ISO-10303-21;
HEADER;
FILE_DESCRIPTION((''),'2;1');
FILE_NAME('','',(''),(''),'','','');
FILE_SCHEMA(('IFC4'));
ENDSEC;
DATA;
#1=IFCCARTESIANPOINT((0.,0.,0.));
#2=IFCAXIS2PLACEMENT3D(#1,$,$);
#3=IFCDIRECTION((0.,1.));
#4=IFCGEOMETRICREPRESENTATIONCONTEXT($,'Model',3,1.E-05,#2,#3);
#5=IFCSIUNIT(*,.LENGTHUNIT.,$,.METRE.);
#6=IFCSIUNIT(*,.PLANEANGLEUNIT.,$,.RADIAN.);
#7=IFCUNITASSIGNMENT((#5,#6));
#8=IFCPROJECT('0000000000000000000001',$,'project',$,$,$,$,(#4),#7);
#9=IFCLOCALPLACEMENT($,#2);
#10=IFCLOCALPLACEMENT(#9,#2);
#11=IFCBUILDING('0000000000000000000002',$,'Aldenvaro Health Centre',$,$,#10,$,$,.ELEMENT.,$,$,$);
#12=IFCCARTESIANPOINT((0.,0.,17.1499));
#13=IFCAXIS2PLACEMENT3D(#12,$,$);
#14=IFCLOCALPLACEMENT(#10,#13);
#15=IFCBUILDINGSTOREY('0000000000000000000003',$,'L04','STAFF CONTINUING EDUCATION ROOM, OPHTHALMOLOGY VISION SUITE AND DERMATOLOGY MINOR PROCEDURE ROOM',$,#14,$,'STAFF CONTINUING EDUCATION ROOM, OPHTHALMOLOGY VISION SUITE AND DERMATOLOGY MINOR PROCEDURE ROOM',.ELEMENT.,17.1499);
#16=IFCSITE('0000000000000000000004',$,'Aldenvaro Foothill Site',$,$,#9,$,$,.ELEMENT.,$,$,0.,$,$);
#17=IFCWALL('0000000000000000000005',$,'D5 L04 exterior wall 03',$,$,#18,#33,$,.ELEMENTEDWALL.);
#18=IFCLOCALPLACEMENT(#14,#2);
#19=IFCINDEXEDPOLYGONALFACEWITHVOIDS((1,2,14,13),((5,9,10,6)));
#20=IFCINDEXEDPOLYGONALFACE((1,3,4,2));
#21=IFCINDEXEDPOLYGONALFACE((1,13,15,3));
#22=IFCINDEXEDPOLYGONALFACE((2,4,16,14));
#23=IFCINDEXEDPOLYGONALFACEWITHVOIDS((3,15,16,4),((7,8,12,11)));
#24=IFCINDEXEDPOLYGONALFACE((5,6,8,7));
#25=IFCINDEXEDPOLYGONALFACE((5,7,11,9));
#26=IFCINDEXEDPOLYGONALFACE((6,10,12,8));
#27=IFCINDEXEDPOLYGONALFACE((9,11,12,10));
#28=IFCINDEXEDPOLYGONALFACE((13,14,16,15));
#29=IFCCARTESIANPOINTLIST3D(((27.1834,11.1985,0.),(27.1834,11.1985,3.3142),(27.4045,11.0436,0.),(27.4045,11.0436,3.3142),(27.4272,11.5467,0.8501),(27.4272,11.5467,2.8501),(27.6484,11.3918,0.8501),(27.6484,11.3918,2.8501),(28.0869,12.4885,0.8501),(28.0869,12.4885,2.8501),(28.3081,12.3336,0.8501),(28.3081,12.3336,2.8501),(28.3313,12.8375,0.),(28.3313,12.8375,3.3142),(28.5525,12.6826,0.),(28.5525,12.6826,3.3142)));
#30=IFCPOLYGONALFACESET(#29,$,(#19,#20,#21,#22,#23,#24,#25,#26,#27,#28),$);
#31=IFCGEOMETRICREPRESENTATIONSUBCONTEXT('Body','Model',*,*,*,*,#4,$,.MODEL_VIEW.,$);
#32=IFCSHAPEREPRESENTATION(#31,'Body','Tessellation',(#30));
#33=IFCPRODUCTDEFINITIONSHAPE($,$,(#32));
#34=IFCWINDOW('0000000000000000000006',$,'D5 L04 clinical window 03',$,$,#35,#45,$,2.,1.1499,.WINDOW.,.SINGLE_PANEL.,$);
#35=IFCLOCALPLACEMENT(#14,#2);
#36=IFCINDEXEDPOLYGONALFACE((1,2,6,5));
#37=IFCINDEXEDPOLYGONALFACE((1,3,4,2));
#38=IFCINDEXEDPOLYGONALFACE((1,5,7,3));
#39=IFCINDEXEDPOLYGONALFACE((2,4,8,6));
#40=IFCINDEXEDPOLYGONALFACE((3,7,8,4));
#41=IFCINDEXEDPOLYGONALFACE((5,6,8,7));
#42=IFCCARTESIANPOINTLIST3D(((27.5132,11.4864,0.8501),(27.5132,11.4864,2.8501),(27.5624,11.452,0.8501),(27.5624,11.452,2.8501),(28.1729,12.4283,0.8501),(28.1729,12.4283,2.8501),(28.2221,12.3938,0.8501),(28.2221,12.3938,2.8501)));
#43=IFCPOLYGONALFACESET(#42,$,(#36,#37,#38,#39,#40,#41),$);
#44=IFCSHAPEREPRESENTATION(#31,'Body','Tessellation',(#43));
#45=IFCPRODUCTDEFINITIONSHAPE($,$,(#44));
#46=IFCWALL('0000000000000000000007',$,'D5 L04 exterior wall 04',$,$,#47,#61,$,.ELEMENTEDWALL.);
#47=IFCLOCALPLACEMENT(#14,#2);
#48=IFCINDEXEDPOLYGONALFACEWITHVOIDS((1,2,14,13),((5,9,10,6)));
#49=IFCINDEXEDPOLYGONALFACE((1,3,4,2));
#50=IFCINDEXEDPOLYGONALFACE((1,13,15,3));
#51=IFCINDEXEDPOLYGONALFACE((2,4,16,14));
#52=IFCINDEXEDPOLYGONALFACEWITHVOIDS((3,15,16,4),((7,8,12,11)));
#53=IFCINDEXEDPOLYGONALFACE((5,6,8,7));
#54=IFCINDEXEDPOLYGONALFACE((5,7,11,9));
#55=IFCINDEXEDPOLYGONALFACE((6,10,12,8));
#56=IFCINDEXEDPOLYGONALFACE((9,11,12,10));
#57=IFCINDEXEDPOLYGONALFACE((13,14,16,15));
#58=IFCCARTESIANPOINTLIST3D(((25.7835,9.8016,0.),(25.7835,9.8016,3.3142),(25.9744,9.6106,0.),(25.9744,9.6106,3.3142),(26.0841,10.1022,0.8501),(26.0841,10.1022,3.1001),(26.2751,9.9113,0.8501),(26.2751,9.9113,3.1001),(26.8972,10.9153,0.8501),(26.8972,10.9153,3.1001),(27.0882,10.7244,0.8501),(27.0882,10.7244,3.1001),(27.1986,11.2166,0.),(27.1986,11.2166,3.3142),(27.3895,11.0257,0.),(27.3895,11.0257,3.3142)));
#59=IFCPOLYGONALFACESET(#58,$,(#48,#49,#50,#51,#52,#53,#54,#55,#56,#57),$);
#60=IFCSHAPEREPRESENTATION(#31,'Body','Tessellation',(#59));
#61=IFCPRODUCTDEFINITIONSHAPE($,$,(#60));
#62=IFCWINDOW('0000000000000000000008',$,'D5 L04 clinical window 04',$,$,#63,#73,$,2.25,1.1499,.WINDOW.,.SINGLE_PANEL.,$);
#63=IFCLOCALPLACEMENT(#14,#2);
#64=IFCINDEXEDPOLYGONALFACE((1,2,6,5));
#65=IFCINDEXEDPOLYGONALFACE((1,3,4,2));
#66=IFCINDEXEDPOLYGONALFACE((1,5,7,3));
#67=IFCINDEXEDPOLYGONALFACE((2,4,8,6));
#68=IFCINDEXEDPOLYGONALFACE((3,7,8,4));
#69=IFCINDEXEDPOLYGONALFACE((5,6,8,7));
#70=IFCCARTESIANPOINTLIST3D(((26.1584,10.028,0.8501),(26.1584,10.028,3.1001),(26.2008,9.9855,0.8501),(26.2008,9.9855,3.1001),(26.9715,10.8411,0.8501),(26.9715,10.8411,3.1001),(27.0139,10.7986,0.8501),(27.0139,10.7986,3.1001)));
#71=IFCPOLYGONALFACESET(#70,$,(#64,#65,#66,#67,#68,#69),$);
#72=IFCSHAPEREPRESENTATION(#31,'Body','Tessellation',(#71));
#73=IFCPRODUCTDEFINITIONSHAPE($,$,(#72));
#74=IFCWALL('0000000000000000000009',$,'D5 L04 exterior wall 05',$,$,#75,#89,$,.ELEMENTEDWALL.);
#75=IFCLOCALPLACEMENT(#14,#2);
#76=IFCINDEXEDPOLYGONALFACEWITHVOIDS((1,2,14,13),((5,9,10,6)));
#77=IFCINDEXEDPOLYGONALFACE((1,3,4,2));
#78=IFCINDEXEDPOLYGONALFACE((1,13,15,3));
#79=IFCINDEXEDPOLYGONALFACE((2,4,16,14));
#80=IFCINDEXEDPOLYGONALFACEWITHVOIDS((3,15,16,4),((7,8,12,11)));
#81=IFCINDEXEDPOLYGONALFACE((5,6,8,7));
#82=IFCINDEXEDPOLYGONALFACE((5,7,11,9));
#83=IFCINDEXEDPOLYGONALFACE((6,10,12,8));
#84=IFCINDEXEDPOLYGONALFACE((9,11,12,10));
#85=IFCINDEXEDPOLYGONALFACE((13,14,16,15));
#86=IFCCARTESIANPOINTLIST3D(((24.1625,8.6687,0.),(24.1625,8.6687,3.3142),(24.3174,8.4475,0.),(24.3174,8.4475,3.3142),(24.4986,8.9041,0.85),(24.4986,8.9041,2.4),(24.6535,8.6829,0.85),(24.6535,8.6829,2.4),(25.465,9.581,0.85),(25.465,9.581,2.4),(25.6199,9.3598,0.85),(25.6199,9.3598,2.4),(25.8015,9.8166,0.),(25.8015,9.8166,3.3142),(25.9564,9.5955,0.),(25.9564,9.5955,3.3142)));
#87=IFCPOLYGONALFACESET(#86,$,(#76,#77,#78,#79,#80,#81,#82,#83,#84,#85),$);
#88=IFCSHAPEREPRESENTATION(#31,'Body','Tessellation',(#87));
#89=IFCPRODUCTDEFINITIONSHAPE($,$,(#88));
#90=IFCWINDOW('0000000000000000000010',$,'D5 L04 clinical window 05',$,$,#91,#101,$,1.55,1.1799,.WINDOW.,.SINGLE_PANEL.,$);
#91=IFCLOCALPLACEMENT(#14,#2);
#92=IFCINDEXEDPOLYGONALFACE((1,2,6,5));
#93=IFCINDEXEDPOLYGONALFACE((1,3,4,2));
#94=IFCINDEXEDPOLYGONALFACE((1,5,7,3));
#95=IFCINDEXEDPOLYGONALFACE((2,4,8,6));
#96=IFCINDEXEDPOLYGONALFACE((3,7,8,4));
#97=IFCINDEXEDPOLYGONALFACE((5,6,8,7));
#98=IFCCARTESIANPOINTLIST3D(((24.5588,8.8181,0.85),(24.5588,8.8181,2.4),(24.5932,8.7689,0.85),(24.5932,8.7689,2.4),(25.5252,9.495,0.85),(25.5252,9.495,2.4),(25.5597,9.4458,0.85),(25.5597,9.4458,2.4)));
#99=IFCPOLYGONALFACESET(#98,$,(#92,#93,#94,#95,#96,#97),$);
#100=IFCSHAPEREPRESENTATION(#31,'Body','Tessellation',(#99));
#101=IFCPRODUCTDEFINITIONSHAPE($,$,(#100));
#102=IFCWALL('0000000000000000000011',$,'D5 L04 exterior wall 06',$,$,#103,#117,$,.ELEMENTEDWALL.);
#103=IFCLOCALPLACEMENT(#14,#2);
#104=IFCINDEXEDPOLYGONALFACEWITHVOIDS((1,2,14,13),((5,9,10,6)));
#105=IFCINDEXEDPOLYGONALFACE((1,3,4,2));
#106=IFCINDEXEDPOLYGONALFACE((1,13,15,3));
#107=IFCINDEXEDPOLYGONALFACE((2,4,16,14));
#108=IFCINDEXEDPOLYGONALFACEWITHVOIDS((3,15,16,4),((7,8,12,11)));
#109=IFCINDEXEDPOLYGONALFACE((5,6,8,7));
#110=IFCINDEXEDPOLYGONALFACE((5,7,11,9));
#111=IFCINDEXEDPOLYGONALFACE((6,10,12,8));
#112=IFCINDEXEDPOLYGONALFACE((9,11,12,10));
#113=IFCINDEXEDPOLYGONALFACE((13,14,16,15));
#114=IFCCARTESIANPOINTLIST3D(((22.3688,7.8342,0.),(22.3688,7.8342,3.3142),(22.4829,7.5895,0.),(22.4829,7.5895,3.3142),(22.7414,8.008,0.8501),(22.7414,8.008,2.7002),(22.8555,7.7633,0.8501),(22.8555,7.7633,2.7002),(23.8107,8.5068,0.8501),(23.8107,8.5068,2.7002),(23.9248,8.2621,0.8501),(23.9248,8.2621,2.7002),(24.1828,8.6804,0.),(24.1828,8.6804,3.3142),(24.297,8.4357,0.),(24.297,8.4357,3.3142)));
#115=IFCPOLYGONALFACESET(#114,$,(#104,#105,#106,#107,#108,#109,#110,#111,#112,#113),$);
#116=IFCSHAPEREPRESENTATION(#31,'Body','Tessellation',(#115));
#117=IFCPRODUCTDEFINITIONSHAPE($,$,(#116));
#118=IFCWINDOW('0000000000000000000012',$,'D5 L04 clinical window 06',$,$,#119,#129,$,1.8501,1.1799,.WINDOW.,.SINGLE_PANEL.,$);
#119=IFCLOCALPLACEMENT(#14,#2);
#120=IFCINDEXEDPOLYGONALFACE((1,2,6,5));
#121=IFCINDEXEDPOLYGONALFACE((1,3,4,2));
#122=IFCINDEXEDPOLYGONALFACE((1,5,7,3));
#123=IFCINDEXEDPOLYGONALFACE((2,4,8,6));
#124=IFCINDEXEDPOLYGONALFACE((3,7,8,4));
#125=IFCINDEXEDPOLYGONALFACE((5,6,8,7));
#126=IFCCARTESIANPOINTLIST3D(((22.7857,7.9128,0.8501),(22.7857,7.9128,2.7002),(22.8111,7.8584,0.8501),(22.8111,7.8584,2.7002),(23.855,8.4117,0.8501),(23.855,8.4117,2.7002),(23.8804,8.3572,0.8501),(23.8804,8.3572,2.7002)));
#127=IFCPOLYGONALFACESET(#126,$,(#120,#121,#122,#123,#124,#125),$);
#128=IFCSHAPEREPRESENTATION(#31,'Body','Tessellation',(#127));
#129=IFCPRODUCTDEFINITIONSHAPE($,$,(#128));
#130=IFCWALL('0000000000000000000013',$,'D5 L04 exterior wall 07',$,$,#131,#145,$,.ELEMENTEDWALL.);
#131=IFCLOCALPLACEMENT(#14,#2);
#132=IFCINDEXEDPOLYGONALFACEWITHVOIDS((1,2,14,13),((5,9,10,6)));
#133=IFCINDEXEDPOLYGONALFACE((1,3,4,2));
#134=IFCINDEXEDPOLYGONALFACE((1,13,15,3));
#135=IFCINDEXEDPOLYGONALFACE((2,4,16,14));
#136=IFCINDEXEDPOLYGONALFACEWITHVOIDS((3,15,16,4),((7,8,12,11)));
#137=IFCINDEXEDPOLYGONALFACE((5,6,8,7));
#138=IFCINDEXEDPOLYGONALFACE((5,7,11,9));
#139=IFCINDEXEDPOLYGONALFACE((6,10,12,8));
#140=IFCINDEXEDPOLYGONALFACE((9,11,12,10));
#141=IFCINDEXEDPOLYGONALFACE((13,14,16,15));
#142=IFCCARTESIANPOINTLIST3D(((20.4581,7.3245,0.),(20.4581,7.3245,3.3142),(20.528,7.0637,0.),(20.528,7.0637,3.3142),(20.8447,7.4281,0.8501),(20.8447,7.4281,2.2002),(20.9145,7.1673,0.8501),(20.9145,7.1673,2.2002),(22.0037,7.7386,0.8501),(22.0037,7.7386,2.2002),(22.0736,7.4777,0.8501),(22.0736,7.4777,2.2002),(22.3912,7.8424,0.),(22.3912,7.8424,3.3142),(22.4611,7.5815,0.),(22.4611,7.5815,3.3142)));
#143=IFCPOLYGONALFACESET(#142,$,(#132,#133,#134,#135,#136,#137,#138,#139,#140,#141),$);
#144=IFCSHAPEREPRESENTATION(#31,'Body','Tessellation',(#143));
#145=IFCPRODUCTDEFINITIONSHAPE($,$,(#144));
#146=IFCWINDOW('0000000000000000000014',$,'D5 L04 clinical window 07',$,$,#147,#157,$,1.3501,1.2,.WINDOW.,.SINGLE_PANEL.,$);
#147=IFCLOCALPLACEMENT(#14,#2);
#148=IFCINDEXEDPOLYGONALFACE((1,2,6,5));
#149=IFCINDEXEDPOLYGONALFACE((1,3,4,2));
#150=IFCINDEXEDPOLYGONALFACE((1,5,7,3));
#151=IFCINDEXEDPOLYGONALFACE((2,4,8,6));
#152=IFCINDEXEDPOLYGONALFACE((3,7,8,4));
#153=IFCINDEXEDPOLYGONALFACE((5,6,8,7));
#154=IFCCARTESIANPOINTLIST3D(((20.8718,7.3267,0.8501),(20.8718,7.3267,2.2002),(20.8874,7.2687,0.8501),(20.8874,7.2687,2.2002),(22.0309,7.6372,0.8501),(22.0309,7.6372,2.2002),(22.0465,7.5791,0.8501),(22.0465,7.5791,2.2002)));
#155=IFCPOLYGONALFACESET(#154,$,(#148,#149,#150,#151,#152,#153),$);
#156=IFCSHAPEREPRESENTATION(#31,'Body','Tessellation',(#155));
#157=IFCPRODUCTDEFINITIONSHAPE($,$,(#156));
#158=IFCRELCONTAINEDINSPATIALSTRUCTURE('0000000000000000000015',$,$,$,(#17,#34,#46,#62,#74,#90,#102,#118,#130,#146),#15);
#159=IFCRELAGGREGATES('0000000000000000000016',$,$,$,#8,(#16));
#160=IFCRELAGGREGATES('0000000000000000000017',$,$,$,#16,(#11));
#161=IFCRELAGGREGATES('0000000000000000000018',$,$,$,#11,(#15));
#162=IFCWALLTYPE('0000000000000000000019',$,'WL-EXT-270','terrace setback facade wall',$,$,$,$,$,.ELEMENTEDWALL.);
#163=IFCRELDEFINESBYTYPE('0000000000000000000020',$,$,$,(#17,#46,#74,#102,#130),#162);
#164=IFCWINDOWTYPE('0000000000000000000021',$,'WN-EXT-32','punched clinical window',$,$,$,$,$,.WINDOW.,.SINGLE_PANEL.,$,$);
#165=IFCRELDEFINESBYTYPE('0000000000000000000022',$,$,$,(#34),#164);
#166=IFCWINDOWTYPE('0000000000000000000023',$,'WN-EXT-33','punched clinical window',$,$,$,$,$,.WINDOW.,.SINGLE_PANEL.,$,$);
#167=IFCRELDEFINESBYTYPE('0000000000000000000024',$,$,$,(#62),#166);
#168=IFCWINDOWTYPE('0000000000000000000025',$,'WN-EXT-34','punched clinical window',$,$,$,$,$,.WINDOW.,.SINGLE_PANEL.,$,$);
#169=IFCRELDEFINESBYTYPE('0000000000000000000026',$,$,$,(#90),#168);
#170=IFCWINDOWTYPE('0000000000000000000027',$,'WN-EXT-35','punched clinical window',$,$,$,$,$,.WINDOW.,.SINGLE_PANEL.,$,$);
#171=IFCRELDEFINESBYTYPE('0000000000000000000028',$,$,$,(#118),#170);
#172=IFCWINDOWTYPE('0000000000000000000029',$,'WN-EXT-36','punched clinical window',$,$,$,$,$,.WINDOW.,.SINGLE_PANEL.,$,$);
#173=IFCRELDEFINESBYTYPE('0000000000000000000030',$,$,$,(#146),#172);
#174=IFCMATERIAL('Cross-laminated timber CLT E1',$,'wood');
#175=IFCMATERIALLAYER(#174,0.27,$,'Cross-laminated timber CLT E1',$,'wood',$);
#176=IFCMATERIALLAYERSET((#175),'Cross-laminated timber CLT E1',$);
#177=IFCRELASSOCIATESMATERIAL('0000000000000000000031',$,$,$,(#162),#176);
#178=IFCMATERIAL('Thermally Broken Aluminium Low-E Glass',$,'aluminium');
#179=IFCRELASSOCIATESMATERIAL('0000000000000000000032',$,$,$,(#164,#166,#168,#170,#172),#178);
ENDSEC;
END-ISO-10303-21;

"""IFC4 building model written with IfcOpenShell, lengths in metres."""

from ifc_helpers import new_model, si_unit, direction, frame, frame_2d, origin, place, context, subcontext, project, spatial, rectangle, extrude, material, layer, layer_set, type_object, element, fill, save


model = new_model("IFC4")

# Units and contexts
model_context = context("Model", 3, precision=1e-05, world=origin(), true_north=direction((0.0, 1.0)))
body_context = subcontext(model_context, "Body", "Model", "MODEL_VIEW")
ifc_project = project(units=[si_unit("LENGTHUNIT", "METRE"), si_unit("PLANEANGLEUNIT", "RADIAN")], contexts=[model_context])

# Site, building, storey
site_placement = place(None, origin())
site = spatial("IfcSite", under=ifc_project, at=site_placement, Name="Aldenvaro Foothill Site", CompositionType="ELEMENT", RefElevation=0.0)
building_placement = place(site_placement, origin())
building = spatial("IfcBuilding", under=site, at=building_placement, Name="Aldenvaro Health Centre", CompositionType="ELEMENT")
storey_placement = place(building_placement, frame((0.0, 0.0, 17.1499)))
storey = spatial("IfcBuildingStorey", under=building, at=storey_placement, Name="L04", Description="STAFF CONTINUING EDUCATION ROOM, OPHTHALMOLOGY VISION SUITE AND DERMATOLOGY MINOR PROCEDURE ROOM", LongName="STAFF CONTINUING EDUCATION ROOM, OPHTHALMOLOGY VISION SUITE AND DERMATOLOGY MINOR PROCEDURE ROOM", CompositionType="ELEMENT", Elevation=17.1499)

# Walls, openings, windows
ifc_material_1 = material(Name="Cross-laminated timber CLT E1", Category="wood")
ifc_layer_1 = layer(ifc_material_1, 0.27, Name="Cross-laminated timber CLT E1", Category="wood")
ifc_layer_set_1 = layer_set([ifc_layer_1], Name="Cross-laminated timber CLT E1")
wall_type_1 = type_object("IfcWallType", Name="WL-EXT-270", Description="terrace setback facade wall", PredefinedType="ELEMENTEDWALL", material=ifc_layer_set_1)
wall_1_placement = place(storey_placement, frame((28.4419, 12.76, 0.0), z_axis=(0.0, 0.0, 1.0), x_axis=(-0.5737, -0.819066, 0.0)))
wall_1 = element("IfcWall", 1, at=wall_1_placement, inside=storey, type_object=wall_type_1, Name="D5 L04 exterior wall 03", PredefinedType="ELEMENTEDWALL", context=body_context, shape_type="SweptSolid", body=[
    extrude(rectangle(XDim=2.001, YDim=0.27, at=frame_2d((1.0005, 0.0))), origin(), (0.0, 0.0, 1.0), 3.3142),
])
opening_1_placement = place(wall_1_placement, frame((0.426, 0.0, 0.8501)))
opening_1 = element("IfcOpeningElement", 2, at=opening_1_placement, cuts=wall_1, PredefinedType="OPENING", context=body_context, shape_type="SweptSolid", body=[
    extrude(rectangle(XDim=1.1499, YDim=2.0, at=frame_2d((0.575, 1.0))), frame((0.0, 0.145, 0.0), z_axis=(0.0, -1.0, 0.0), x_axis=(1.0, 0.0, 0.0)), (0.0, 0.0, 1.0), 0.29),
])
ifc_material_2 = material(Name="Thermally Broken Aluminium Low-E Glass", Category="aluminium")
window_type_1 = type_object("IfcWindowType", Name="WN-EXT-32", Description="punched clinical window", PartitioningType="SINGLE_PANEL", PredefinedType="WINDOW", material=ifc_material_2)
window_1_placement = place(opening_1_placement, origin())
window_1 = element("IfcWindow", 3, at=window_1_placement, inside=storey, type_object=window_type_1, Name="D5 L04 clinical window 03", OverallHeight=2.0, OverallWidth=1.1499, PartitioningType="SINGLE_PANEL", PredefinedType="WINDOW", context=body_context, shape_type="SweptSolid", body=[
    extrude(rectangle(XDim=1.1499, YDim=2.0, at=frame_2d((0.575, 1.0))), frame((0.0, 0.03, 0.0), z_axis=(0.0, -1.0, 0.0), x_axis=(1.0, 0.0, 0.0)), (0.0, 0.0, 1.0), 0.0601),
])
fill(opening_1, window_1)
wall_2_placement = place(storey_placement, frame((27.2939, 11.1211, 0.0), z_axis=(0.0, 0.0, 1.0), x_axis=(-0.707107, -0.707107, 0.0)))
wall_2 = element("IfcWall", 4, at=wall_2_placement, inside=storey, type_object=wall_type_1, Name="D5 L04 exterior wall 04", PredefinedType="ELEMENTEDWALL", context=body_context, shape_type="SweptSolid", body=[
    extrude(rectangle(XDim=2.0012, YDim=0.27, at=frame_2d((1.0005, 0.0))), origin(), (0.0, 0.0, 1.0), 3.3142),
])
opening_2_placement = place(wall_2_placement, frame((0.426, 0.0, 0.8501)))
opening_2 = element("IfcOpeningElement", 5, at=opening_2_placement, cuts=wall_2, PredefinedType="OPENING", context=body_context, shape_type="SweptSolid", body=[
    extrude(rectangle(XDim=1.1499, YDim=2.25, at=frame_2d((0.575, 1.125))), frame((0.0, 0.145, 0.0), z_axis=(0.0, -1.0, 0.0), x_axis=(1.0, 0.0, 0.0)), (0.0, 0.0, 1.0), 0.29),
])
window_type_2 = type_object("IfcWindowType", Name="WN-EXT-33", Description="punched clinical window", PartitioningType="SINGLE_PANEL", PredefinedType="WINDOW", material=ifc_material_2)
window_2_placement = place(opening_2_placement, origin())
window_2 = element("IfcWindow", 6, at=window_2_placement, inside=storey, type_object=window_type_2, Name="D5 L04 clinical window 04", OverallHeight=2.25, OverallWidth=1.1499, PartitioningType="SINGLE_PANEL", PredefinedType="WINDOW", context=body_context, shape_type="SweptSolid", body=[
    extrude(rectangle(XDim=1.1499, YDim=2.25, at=frame_2d((0.575, 1.125))), frame((0.0, 0.03, 0.0), z_axis=(0.0, -1.0, 0.0), x_axis=(1.0, 0.0, 0.0)), (0.0, 0.0, 1.0), 0.0601),
])
fill(opening_2, window_2)
wall_3_placement = place(storey_placement, frame((25.8789, 9.7061, 0.0), z_axis=(0.0, 0.0, 1.0), x_axis=(-0.819066, -0.5737, 0.0)))
wall_3 = element("IfcWall", 7, at=wall_3_placement, inside=storey, type_object=wall_type_1, Name="D5 L04 exterior wall 05", PredefinedType="ELEMENTEDWALL", context=body_context, shape_type="SweptSolid", body=[
    extrude(rectangle(XDim=2.001, YDim=0.27, at=frame_2d((1.0005, 0.0))), origin(), (0.0, 0.0, 1.0), 3.3142),
])
opening_3_placement = place(wall_3_placement, frame((0.4109, 0.0, 0.8501)))
opening_3 = element("IfcOpeningElement", 8, at=opening_3_placement, cuts=wall_3, PredefinedType="OPENING", context=body_context, shape_type="SweptSolid", body=[
    extrude(rectangle(XDim=1.1799, YDim=1.55, at=frame_2d((0.5898, 0.7749))), frame((0.0, 0.145, 0.0), z_axis=(0.0, -1.0, 0.0), x_axis=(1.0, 0.0, 0.0)), (0.0, 0.0, 1.0), 0.29),
])
window_type_3 = type_object("IfcWindowType", Name="WN-EXT-34", Description="punched clinical window", PartitioningType="SINGLE_PANEL", PredefinedType="WINDOW", material=ifc_material_2)
window_3_placement = place(opening_3_placement, origin())
window_3 = element("IfcWindow", 9, at=window_3_placement, inside=storey, type_object=window_type_3, Name="D5 L04 clinical window 05", OverallHeight=1.55, OverallWidth=1.1799, PartitioningType="SINGLE_PANEL", PredefinedType="WINDOW", context=body_context, shape_type="SweptSolid", body=[
    extrude(rectangle(XDim=1.1799, YDim=1.55, at=frame_2d((0.5898, 0.7749))), frame((0.0, 0.03, 0.0), z_axis=(0.0, -1.0, 0.0), x_axis=(1.0, 0.0, 0.0)), (0.0, 0.0, 1.0), 0.0601),
])
fill(opening_3, window_3)
wall_4_placement = place(storey_placement, frame((24.24, 8.5581, 0.0), z_axis=(0.0, 0.0, 1.0), x_axis=(-0.906245, -0.422752, 0.0)))
wall_4 = element("IfcWall", 10, at=wall_4_placement, inside=storey, type_object=wall_type_1, Name="D5 L04 exterior wall 06", PredefinedType="ELEMENTEDWALL", context=body_context, shape_type="SweptSolid", body=[
    extrude(rectangle(XDim=2.0017, YDim=0.27, at=frame_2d((1.001, 0.0))), origin(), (0.0, 0.0, 1.0), 3.3142),
])
opening_4_placement = place(wall_4_placement, frame((0.4109, 0.0, 0.8501)))
opening_4 = element("IfcOpeningElement", 11, at=opening_4_placement, cuts=wall_4, PredefinedType="OPENING", context=body_context, shape_type="SweptSolid", body=[
    extrude(rectangle(XDim=1.1799, YDim=1.8501, at=frame_2d((0.5898, 0.925))), frame((0.0, 0.145, 0.0), z_axis=(0.0, -1.0, 0.0), x_axis=(1.0, 0.0, 0.0)), (0.0, 0.0, 1.0), 0.29),
])
window_type_4 = type_object("IfcWindowType", Name="WN-EXT-35", Description="punched clinical window", PartitioningType="SINGLE_PANEL", PredefinedType="WINDOW", material=ifc_material_2)
window_4_placement = place(opening_4_placement, origin())
window_4 = element("IfcWindow", 12, at=window_4_placement, inside=storey, type_object=window_type_4, Name="D5 L04 clinical window 06", OverallHeight=1.8501, OverallWidth=1.1799, PartitioningType="SINGLE_PANEL", PredefinedType="WINDOW", context=body_context, shape_type="SweptSolid", body=[
    extrude(rectangle(XDim=1.1799, YDim=1.8501, at=frame_2d((0.5898, 0.925))), frame((0.0, 0.03, 0.0), z_axis=(0.0, -1.0, 0.0), x_axis=(1.0, 0.0, 0.0)), (0.0, 0.0, 1.0), 0.0601),
])
fill(opening_4, window_4)
wall_5_placement = place(storey_placement, frame((22.426, 7.7119, 0.0), z_axis=(0.0, 0.0, 1.0), x_axis=(-0.965945, -0.258748, 0.0)))
wall_5 = element("IfcWall", 13, at=wall_5_placement, inside=storey, type_object=wall_type_1, Name="D5 L04 exterior wall 07", PredefinedType="ELEMENTEDWALL", context=body_context, shape_type="SweptSolid", body=[
    extrude(rectangle(XDim=2.0012, YDim=0.27, at=frame_2d((1.0005, 0.0))), origin(), (0.0, 0.0, 1.0), 3.3142),
])
opening_5_placement = place(wall_5_placement, frame((0.4009, 0.0, 0.8501)))
opening_5 = element("IfcOpeningElement", 14, at=opening_5_placement, cuts=wall_5, PredefinedType="OPENING", context=body_context, shape_type="SweptSolid", body=[
    extrude(rectangle(XDim=1.2, YDim=1.3501, at=frame_2d((0.6001, 0.675))), frame((0.0, 0.145, 0.0), z_axis=(0.0, -1.0, 0.0), x_axis=(1.0, 0.0, 0.0)), (0.0, 0.0, 1.0), 0.29),
])
window_type_5 = type_object("IfcWindowType", Name="WN-EXT-36", Description="punched clinical window", PartitioningType="SINGLE_PANEL", PredefinedType="WINDOW", material=ifc_material_2)
window_5_placement = place(opening_5_placement, origin())
window_5 = element("IfcWindow", 15, at=window_5_placement, inside=storey, type_object=window_type_5, Name="D5 L04 clinical window 07", OverallHeight=1.3501, OverallWidth=1.2, PartitioningType="SINGLE_PANEL", PredefinedType="WINDOW", context=body_context, shape_type="SweptSolid", body=[
    extrude(rectangle(XDim=1.2, YDim=1.3501, at=frame_2d((0.6001, 0.675))), frame((0.0, 0.03, 0.0), z_axis=(0.0, -1.0, 0.0), x_axis=(1.0, 0.0, 0.0)), (0.0, 0.0, 1.0), 0.0601),
])
fill(opening_5, window_5)

save(model, "model.ifc")
